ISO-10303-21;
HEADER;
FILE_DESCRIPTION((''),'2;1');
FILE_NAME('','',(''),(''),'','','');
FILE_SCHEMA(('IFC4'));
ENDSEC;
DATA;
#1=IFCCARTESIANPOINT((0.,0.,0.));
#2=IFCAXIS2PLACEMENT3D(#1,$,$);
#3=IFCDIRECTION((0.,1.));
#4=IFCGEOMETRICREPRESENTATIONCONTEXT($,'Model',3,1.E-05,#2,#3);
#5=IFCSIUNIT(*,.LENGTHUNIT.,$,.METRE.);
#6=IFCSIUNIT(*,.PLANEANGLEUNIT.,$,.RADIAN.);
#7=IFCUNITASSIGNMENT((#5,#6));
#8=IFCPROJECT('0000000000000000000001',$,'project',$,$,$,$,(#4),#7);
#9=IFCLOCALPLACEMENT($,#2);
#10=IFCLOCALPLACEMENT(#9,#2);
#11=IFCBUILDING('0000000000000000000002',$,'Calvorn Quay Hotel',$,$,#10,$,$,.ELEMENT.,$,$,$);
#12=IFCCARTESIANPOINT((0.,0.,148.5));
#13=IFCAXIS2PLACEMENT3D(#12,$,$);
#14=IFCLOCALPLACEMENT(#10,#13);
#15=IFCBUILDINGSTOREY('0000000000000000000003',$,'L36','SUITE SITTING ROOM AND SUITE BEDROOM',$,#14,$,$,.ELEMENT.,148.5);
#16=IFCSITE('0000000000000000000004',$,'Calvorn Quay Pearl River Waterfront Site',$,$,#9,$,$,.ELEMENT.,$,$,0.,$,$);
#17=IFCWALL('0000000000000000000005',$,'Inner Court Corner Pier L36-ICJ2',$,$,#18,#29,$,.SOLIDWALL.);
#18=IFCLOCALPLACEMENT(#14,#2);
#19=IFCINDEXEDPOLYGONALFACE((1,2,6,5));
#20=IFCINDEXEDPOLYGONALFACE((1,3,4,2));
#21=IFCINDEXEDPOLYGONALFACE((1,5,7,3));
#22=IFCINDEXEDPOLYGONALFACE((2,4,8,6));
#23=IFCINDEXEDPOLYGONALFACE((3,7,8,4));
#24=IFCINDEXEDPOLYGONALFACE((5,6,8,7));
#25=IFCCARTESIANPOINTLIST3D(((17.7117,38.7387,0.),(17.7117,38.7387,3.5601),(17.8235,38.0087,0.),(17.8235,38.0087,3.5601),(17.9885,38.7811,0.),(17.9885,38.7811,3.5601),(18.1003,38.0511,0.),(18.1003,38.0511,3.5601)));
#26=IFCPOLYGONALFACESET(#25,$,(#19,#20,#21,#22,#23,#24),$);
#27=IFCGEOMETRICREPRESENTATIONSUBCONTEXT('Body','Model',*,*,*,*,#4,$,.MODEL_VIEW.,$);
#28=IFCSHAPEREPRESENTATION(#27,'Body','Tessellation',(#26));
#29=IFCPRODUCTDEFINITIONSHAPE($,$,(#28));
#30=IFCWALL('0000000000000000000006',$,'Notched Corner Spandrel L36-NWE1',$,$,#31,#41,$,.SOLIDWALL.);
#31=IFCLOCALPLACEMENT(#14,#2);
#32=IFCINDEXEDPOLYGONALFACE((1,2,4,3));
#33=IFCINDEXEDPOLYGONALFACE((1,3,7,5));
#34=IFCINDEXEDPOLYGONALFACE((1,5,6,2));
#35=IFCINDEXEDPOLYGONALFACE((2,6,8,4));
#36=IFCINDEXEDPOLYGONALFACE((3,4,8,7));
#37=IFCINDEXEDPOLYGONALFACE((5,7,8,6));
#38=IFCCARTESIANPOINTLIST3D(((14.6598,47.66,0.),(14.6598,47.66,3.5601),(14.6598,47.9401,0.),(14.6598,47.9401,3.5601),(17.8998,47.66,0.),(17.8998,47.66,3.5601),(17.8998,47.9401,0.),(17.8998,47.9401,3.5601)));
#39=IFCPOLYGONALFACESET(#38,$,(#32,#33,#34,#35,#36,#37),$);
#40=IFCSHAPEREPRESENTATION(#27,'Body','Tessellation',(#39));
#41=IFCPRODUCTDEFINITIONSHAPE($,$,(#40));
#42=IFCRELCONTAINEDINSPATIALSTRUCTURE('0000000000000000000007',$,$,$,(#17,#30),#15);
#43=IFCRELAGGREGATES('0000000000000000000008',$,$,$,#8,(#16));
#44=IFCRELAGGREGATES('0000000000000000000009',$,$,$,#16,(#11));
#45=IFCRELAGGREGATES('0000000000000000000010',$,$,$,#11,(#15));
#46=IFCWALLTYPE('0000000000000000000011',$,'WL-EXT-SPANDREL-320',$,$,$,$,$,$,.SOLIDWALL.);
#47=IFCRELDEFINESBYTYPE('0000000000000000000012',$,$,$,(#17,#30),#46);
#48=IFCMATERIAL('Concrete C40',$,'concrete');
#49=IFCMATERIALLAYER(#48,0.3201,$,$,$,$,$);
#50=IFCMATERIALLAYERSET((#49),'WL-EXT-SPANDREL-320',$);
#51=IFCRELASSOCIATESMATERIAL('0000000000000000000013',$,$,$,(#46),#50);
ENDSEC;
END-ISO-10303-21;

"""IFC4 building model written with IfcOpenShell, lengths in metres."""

from ifc_helpers import new_model, si_unit, direction, frame, frame_2d, origin, place, context, subcontext, project, spatial, rectangle, extrude, material, layer, layer_set, type_object, element, save


model = new_model("IFC4")

# Units and contexts
model_context = context("Model", 3, precision=1e-05, world=origin(), true_north=direction((0.0, 1.0)))
body_context = subcontext(model_context, "Body", "Model", "MODEL_VIEW")
ifc_project = project(units=[si_unit("LENGTHUNIT", "METRE"), si_unit("PLANEANGLEUNIT", "RADIAN")], contexts=[model_context])

# Site, building, storey
site_placement = place(None, origin())
site = spatial("IfcSite", under=ifc_project, at=site_placement, Name="Calvorn Quay Pearl River Waterfront Site", CompositionType="ELEMENT", RefElevation=0.0)
building_placement = place(site_placement, origin())
building = spatial("IfcBuilding", under=site, at=building_placement, Name="Calvorn Quay Hotel", CompositionType="ELEMENT")
storey_placement = place(building_placement, frame((0.0, 0.0, 148.5)))
storey = spatial("IfcBuildingStorey", under=building, at=storey_placement, Name="L36", Description="SUITE SITTING ROOM AND SUITE BEDROOM", CompositionType="ELEMENT", Elevation=148.5)

# Walls
ifc_material_1 = material(Name="Concrete C40", Category="concrete")
ifc_layer_1 = layer(ifc_material_1, 0.3201)
ifc_layer_set_1 = layer_set([ifc_layer_1], Name="WL-EXT-SPANDREL-320")
wall_type = type_object("IfcWallType", Name="WL-EXT-SPANDREL-320", PredefinedType="SOLIDWALL", material=ifc_layer_set_1)
wall_1_placement = place(storey_placement, frame((17.9619, 38.03, 0.0), z_axis=(0.0, 0.0, 1.0), x_axis=(-0.151411, 0.988471, 0.0)))
element("IfcWall", 1, at=wall_1_placement, inside=storey, type_object=wall_type, Name="Inner Court Corner Pier L36-ICJ2", PredefinedType="SOLIDWALL", context=body_context, shape_type="SweptSolid", body=[
    extrude(rectangle(XDim=0.7385, YDim=0.28, at=frame_2d((0.3691, 0.0))), origin(), (0.0, 0.0, 1.0), 3.5601),
])
wall_2_placement = place(storey_placement, frame((17.8999, 47.8, 0.0), z_axis=(0.0, 0.0, 1.0), x_axis=(-1.0, 0.0, 0.0)))
element("IfcWall", 2, at=wall_2_placement, inside=storey, type_object=wall_type, Name="Notched Corner Spandrel L36-NWE1", PredefinedType="SOLIDWALL", context=body_context, shape_type="SweptSolid", body=[
    extrude(rectangle(XDim=3.24, YDim=0.28, at=frame_2d((1.6201, 0.0))), origin(), (0.0, 0.0, 1.0), 3.5601),
])

save(model, "model.ifc")
